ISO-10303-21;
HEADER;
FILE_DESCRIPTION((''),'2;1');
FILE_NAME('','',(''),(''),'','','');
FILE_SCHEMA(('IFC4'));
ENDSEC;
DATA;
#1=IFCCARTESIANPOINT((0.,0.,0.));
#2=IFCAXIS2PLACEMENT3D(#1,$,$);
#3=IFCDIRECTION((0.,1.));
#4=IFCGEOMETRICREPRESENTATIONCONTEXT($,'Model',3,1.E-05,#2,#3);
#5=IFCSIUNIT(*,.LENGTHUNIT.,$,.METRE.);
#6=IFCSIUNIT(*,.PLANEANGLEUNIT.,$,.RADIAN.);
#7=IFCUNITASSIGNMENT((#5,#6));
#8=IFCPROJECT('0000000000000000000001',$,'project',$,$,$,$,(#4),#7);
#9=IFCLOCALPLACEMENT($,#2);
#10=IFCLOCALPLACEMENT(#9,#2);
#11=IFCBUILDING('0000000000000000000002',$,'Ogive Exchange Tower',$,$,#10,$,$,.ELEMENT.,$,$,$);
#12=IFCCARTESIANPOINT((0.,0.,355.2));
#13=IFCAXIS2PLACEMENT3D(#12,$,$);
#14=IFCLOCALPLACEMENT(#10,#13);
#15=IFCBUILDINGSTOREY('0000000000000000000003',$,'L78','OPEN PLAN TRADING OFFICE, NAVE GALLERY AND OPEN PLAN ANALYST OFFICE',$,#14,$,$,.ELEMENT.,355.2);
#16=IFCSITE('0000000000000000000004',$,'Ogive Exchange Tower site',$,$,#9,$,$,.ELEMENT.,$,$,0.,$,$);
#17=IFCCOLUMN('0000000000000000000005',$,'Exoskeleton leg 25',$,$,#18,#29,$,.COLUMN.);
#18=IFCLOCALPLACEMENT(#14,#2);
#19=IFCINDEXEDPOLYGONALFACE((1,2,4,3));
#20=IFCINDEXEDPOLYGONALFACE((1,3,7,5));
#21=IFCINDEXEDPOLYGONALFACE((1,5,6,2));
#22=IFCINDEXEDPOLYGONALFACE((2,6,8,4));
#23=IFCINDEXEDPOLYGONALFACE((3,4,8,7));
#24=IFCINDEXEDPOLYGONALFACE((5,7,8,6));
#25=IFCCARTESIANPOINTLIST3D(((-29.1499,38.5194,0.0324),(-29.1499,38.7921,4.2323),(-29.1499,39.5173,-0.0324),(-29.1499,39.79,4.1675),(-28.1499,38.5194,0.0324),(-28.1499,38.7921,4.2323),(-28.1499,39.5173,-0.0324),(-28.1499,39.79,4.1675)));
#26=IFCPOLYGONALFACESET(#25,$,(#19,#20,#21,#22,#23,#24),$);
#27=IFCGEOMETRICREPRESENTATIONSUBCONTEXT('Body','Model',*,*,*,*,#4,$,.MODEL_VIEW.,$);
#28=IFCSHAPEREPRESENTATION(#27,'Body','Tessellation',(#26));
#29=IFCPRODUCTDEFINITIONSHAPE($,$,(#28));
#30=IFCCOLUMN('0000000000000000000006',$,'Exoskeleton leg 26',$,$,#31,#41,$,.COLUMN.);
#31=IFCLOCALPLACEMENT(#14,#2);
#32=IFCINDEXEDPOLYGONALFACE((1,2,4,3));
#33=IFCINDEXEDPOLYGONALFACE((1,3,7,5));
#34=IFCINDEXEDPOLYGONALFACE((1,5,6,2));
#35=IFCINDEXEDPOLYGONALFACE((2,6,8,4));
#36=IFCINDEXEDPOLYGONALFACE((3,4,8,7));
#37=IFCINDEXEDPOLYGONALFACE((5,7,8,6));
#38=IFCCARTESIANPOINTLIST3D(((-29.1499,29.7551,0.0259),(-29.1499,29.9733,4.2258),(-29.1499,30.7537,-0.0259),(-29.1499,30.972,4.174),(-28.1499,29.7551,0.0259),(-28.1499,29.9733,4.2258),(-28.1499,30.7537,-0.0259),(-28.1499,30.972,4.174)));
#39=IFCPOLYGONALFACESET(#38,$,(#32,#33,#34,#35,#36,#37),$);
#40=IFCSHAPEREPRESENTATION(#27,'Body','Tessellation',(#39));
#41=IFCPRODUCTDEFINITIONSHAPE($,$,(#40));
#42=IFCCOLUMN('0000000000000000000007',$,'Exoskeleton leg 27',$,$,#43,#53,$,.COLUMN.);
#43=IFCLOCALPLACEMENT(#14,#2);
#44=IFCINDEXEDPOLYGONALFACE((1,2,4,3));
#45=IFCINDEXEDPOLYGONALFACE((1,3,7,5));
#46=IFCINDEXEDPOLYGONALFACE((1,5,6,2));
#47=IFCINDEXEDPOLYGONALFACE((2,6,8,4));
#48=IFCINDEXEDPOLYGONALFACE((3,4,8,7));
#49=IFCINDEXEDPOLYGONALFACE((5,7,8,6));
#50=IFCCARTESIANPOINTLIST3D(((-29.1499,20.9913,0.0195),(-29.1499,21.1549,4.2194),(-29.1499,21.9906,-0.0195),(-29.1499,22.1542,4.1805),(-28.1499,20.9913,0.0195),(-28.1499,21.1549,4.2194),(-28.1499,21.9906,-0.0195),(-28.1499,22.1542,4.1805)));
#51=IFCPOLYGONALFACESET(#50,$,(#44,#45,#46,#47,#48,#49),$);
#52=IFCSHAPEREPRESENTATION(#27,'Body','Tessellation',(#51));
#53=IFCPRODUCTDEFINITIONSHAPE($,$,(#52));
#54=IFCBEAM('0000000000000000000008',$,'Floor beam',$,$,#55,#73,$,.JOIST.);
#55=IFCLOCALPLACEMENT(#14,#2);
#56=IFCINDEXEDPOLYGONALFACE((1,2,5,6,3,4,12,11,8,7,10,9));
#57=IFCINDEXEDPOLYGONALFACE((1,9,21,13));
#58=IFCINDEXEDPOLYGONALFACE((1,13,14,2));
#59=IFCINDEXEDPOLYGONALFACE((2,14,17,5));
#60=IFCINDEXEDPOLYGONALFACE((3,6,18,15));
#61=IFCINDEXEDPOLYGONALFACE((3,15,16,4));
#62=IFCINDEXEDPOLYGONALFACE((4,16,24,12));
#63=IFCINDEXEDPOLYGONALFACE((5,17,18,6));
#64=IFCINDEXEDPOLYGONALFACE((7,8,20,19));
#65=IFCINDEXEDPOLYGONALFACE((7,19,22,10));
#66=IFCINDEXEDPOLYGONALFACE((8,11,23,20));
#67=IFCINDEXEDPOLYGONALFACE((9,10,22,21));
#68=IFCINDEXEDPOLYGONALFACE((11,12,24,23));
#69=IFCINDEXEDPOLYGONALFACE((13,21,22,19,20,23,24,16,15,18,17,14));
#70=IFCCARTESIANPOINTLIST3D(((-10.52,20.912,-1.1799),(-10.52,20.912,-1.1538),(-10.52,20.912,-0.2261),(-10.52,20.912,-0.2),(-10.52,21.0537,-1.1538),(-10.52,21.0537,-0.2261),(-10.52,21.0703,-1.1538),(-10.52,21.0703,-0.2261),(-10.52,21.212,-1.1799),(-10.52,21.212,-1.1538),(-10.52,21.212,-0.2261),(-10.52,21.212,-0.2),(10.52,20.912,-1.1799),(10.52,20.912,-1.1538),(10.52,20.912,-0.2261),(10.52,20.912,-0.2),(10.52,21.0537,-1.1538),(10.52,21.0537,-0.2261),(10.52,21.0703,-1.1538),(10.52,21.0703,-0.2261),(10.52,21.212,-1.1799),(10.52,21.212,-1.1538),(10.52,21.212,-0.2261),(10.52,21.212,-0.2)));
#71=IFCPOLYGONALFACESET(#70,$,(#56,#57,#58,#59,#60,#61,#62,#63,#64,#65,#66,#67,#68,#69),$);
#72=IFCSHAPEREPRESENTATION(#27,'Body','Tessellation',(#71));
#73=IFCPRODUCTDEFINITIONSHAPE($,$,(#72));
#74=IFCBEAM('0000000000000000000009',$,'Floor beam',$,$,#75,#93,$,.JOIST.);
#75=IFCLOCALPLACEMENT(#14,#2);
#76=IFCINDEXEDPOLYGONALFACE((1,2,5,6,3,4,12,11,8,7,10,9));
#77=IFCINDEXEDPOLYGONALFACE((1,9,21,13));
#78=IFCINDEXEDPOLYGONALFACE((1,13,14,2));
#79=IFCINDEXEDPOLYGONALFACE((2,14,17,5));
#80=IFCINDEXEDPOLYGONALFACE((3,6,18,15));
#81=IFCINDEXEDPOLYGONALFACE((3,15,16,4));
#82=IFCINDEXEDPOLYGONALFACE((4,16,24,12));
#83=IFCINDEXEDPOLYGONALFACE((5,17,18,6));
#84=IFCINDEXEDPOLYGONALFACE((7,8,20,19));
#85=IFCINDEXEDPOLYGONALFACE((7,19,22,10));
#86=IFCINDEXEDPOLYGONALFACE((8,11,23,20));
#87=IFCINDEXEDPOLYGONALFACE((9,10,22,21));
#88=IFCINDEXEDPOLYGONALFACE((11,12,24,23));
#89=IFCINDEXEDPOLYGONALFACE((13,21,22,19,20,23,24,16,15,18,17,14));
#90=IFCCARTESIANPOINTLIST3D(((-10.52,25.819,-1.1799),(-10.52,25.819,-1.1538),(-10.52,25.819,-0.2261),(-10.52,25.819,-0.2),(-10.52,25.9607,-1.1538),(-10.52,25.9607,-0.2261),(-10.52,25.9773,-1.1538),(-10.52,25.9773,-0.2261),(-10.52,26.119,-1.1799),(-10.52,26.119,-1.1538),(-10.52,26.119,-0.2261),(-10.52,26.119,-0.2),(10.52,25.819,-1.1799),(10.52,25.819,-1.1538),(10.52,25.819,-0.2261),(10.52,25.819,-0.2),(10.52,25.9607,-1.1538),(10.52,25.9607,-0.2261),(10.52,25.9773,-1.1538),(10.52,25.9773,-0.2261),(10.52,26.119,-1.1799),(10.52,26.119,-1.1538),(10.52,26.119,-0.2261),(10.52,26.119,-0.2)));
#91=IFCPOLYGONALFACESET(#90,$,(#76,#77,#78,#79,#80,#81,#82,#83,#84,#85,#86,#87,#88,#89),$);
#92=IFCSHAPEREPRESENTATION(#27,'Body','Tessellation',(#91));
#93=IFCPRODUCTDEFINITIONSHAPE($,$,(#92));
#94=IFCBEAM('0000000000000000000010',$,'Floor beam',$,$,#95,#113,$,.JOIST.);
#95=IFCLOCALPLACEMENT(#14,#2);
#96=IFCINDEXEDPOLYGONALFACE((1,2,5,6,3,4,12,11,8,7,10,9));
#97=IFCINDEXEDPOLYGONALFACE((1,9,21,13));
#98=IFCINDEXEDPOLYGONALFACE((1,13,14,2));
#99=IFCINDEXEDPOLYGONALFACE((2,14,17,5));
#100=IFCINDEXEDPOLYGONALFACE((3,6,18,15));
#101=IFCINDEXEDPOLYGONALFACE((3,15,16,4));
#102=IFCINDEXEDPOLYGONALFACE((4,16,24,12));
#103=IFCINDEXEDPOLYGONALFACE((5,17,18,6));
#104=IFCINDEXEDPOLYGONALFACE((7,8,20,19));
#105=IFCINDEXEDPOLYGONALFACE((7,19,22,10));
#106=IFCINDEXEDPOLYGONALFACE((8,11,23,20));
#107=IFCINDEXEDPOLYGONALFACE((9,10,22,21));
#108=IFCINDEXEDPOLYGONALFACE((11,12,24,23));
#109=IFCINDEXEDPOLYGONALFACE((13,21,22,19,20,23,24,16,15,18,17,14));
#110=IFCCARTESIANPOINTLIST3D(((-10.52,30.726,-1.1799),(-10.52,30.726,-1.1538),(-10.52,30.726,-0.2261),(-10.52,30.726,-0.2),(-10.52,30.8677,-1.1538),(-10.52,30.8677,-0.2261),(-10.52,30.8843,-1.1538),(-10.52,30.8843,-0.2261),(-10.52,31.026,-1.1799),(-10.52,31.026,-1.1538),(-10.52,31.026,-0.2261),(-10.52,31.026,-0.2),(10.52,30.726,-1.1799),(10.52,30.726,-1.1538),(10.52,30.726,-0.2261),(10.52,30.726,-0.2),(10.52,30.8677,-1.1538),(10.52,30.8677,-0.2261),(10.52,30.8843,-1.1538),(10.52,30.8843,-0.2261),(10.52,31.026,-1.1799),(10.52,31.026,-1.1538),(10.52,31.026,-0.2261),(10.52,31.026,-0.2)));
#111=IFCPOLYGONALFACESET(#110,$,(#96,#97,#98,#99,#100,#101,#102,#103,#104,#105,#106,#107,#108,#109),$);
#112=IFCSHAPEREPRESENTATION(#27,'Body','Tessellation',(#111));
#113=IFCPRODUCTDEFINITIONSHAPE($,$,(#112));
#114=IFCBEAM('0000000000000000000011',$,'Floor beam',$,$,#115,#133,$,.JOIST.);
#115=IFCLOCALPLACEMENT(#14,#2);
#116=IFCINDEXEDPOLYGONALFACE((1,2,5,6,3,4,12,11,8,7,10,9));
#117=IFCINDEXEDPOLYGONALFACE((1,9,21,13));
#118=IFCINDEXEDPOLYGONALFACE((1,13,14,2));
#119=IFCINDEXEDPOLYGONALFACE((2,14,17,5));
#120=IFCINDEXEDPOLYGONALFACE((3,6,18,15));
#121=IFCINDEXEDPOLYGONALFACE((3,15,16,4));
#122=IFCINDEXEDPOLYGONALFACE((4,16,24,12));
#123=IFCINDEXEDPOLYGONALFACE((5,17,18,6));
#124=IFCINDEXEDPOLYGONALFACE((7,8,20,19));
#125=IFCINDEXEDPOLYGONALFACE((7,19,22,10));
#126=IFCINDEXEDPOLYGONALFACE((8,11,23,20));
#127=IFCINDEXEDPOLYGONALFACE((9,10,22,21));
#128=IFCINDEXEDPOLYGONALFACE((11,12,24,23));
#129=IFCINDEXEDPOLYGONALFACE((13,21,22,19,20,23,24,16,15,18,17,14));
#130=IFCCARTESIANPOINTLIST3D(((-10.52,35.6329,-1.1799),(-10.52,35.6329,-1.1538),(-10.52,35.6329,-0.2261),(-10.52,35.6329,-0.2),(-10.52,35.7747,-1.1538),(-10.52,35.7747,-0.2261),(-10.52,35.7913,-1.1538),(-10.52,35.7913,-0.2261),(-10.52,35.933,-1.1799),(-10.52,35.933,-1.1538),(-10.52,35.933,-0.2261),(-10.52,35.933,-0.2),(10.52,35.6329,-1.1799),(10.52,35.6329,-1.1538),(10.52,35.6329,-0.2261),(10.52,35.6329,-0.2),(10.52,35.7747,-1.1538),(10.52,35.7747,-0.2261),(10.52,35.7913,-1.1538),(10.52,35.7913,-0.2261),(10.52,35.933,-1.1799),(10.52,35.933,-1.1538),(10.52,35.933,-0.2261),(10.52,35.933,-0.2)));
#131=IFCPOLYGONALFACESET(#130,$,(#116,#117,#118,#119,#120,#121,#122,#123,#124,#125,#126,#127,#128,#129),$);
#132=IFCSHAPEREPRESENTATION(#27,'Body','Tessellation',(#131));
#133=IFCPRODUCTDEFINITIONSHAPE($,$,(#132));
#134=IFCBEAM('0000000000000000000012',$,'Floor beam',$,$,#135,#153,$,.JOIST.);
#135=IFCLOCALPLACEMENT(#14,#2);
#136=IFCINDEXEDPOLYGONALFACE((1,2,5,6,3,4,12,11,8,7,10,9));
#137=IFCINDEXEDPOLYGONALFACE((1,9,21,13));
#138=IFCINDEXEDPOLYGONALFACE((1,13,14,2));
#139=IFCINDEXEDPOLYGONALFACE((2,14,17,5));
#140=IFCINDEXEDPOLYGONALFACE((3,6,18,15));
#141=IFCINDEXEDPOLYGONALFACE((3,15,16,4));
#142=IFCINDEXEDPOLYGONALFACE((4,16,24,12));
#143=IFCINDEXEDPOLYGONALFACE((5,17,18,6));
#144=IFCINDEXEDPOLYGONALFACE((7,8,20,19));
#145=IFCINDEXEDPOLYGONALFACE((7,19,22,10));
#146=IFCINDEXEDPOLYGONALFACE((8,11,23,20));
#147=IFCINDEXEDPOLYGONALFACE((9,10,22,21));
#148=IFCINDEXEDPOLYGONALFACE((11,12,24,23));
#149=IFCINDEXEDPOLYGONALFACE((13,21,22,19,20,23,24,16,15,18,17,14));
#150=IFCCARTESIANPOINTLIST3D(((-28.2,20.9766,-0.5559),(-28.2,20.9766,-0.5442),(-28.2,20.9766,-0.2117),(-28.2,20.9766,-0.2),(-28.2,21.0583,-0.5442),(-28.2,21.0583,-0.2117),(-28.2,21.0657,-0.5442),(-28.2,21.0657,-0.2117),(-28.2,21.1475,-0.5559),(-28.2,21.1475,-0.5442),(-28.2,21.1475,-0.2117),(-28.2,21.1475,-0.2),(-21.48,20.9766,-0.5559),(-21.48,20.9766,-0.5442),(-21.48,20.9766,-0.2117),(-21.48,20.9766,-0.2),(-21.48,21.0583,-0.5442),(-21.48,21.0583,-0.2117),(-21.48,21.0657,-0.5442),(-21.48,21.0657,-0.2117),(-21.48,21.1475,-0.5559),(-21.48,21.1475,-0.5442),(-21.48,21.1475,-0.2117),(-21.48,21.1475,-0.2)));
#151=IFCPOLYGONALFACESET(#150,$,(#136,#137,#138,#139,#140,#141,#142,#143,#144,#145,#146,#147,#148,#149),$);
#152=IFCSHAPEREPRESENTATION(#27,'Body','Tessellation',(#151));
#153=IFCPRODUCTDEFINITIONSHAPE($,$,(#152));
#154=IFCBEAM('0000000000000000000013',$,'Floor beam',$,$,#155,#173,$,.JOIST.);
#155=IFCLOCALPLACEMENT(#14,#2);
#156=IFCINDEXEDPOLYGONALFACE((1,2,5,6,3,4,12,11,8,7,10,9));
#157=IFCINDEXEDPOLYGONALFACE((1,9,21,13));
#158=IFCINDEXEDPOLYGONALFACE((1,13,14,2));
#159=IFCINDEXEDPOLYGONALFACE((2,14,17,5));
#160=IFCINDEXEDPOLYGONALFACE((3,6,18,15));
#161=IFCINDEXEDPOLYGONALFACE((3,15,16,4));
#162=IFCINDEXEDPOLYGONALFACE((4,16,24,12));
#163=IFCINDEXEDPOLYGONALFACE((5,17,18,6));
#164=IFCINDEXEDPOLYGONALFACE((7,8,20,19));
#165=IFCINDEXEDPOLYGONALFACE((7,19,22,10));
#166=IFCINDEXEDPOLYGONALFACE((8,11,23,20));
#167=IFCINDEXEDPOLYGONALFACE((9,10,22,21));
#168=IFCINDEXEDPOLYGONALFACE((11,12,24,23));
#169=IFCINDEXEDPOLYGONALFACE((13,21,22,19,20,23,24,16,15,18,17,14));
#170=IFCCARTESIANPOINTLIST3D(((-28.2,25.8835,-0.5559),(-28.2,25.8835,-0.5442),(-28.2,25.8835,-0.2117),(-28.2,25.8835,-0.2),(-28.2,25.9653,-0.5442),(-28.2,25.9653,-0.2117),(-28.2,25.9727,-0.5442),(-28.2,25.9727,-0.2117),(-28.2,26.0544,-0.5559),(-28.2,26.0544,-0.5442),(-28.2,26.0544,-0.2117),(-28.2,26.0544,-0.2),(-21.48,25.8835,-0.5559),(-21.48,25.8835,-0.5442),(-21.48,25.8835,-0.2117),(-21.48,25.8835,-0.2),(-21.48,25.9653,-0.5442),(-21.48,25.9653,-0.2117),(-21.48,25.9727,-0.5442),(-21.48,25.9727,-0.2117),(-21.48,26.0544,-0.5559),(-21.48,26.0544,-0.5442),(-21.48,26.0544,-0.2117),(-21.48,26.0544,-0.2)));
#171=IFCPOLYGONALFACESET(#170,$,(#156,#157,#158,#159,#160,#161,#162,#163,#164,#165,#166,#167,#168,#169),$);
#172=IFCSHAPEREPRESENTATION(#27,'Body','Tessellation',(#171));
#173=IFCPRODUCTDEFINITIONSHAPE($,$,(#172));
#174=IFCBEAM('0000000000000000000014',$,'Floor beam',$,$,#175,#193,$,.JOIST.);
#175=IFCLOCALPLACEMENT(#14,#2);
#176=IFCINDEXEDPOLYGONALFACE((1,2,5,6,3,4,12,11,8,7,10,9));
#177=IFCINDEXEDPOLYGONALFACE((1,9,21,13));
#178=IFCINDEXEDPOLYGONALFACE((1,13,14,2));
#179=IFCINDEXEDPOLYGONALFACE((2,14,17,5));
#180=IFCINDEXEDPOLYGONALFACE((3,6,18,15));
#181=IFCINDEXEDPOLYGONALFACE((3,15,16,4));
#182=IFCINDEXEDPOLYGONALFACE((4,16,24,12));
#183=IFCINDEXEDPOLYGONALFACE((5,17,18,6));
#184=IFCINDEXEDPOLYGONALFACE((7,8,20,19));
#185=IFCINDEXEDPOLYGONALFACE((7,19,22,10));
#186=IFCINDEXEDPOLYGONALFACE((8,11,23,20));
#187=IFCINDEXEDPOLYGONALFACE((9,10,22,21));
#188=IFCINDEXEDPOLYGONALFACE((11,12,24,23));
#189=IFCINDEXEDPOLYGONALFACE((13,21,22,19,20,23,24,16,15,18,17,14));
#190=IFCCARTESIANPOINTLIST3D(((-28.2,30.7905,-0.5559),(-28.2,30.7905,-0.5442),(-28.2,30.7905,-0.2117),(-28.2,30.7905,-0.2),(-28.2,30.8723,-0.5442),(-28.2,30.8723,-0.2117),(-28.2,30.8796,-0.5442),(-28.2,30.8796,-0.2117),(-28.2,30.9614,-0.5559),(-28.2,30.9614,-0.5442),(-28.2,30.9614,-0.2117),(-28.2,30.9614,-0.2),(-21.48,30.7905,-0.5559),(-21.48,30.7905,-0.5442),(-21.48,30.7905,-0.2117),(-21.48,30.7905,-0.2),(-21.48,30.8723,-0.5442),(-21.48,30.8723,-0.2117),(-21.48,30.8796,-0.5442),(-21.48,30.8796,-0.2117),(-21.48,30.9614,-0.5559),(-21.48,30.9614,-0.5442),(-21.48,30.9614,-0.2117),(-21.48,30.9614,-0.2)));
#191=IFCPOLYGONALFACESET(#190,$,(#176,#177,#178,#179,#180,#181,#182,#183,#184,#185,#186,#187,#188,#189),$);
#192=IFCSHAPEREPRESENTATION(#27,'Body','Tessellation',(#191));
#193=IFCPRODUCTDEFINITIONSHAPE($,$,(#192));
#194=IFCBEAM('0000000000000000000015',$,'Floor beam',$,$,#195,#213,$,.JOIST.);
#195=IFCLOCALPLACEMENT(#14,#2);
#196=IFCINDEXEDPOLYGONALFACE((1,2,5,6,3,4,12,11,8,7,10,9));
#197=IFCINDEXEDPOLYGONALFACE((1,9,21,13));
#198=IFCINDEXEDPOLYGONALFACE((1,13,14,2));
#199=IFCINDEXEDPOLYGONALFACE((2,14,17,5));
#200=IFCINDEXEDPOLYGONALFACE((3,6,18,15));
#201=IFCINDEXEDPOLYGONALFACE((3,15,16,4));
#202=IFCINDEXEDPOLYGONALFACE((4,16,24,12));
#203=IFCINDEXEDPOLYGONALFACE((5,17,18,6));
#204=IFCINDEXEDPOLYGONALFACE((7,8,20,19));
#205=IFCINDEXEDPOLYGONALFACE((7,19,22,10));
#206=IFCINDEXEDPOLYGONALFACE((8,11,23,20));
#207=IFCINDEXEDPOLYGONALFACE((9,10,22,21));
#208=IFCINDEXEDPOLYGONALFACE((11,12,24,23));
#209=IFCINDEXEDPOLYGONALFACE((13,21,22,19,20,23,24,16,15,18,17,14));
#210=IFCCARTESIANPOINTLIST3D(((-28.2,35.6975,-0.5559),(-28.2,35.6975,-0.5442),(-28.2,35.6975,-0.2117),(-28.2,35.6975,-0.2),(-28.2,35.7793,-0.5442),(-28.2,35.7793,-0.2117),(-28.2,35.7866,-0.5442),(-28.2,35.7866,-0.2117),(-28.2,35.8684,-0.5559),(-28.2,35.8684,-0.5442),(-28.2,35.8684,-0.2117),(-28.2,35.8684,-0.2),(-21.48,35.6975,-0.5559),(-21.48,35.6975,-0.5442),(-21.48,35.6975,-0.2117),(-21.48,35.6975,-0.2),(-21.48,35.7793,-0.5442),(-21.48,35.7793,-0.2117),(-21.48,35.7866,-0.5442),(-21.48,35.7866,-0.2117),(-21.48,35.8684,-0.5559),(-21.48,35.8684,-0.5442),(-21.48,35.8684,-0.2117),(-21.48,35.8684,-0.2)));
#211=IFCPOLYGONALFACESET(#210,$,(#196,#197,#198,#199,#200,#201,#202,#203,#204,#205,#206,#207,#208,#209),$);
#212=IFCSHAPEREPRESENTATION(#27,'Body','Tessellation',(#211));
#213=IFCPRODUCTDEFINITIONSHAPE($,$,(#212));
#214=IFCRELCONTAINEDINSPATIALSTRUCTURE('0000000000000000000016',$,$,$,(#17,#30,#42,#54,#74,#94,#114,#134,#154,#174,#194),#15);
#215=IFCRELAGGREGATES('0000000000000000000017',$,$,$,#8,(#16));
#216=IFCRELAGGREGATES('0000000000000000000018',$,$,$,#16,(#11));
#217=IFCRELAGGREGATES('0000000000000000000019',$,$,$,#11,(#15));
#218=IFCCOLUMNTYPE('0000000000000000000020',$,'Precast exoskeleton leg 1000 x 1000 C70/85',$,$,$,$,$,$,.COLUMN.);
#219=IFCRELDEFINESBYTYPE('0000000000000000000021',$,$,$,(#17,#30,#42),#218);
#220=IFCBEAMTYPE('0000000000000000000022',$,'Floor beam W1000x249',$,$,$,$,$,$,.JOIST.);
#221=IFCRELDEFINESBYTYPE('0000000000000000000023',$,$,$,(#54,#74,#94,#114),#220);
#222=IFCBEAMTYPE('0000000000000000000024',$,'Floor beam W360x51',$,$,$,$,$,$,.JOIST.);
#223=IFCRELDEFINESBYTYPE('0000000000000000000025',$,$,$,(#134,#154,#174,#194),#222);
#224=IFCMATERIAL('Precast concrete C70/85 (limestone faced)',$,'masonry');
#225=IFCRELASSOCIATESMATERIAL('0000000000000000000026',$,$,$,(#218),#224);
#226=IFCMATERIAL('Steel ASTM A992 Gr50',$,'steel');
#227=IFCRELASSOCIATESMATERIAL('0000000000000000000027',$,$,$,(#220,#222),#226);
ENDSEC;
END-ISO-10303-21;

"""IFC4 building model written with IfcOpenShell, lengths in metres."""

from ifc_helpers import new_model, si_unit, direction, frame, origin, origin_2d, place, context, subcontext, project, spatial, rectangle, i_section, extrude, material, material_profile, profile_set, type_object, element, save


model = new_model("IFC4")

# Units and contexts
model_context = context("Model", 3, precision=1e-05, world=origin(), true_north=direction((0.0, 1.0)))
body_context = subcontext(model_context, "Body", "Model", "MODEL_VIEW")
ifc_project = project(units=[si_unit("LENGTHUNIT", "METRE"), si_unit("PLANEANGLEUNIT", "RADIAN")], contexts=[model_context])

# Site, building, storey
site_placement = place(None, origin())
site = spatial("IfcSite", under=ifc_project, at=site_placement, Name="Ogive Exchange Tower site", CompositionType="ELEMENT", RefElevation=0.0)
building_placement = place(site_placement, origin())
building = spatial("IfcBuilding", under=site, at=building_placement, Name="Ogive Exchange Tower", CompositionType="ELEMENT")
storey_placement = place(building_placement, frame((0.0, 0.0, 355.2)))
storey = spatial("IfcBuildingStorey", under=building, at=storey_placement, Name="L78", Description="OPEN PLAN TRADING OFFICE, NAVE GALLERY AND OPEN PLAN ANALYST OFFICE", CompositionType="ELEMENT", Elevation=355.2)

# Columns
ifc_material_1 = material(Name="Precast concrete C70/85 (limestone faced)", Category="masonry")
ifc_material_profile_1 = material_profile(ifc_material_1, rectangle(XDim=1.0, YDim=1.0, at=origin_2d()), Name="1000 x 1000")
ifc_profile_set_1 = profile_set([ifc_material_profile_1], Name="Precast concrete C70/85 (limestone faced)")
column_type = type_object("IfcColumnType", Name="Precast exoskeleton leg 1000 x 1000 C70/85", PredefinedType="COLUMN", material=ifc_profile_set_1)
column_1_placement = place(storey_placement, frame((-28.6499, 39.0183, 0.0), z_axis=(0.0, 0.064794, 0.997899), x_axis=(-1.0, 0.0, 0.0)))
element("IfcColumn", 1, at=column_1_placement, inside=storey, type_object=column_type, Name="Exoskeleton leg 25", PredefinedType="COLUMN", context=body_context, shape_type="SweptSolid", body=[
    extrude(rectangle(XDim=1.0, YDim=1.0, at=origin_2d()), origin(), (0.0, 0.0, 1.0), 4.2087),
])
column_2_placement = place(storey_placement, frame((-28.6499, 30.2544, 0.0), z_axis=(0.0, 0.051898, 0.998652), x_axis=(-1.0, 0.0, 0.0)))
element("IfcColumn", 2, at=column_2_placement, inside=storey, type_object=column_type, Name="Exoskeleton leg 26", PredefinedType="COLUMN", context=body_context, shape_type="SweptSolid", body=[
    extrude(rectangle(XDim=1.0, YDim=1.0, at=origin_2d()), origin(), (0.0, 0.0, 1.0), 4.2056),
])
column_3_placement = place(storey_placement, frame((-28.6499, 21.491, 0.0), z_axis=(0.0, 0.038917, 0.999242), x_axis=(-1.0, 0.0, 0.0)))
element("IfcColumn", 3, at=column_3_placement, inside=storey, type_object=column_type, Name="Exoskeleton leg 27", PredefinedType="COLUMN", context=body_context, shape_type="SweptSolid", body=[
    extrude(rectangle(XDim=1.0, YDim=1.0, at=origin_2d()), origin(), (0.0, 0.0, 1.0), 4.2031),
])

# Beams
ifc_material_2 = material(Name="Steel ASTM A992 Gr50", Category="steel")
ifc_material_profile_2 = material_profile(ifc_material_2, i_section(OverallWidth=0.3, OverallDepth=0.98, WebThickness=0.0166, FlangeThickness=0.0261, at=origin_2d()), Name="W1000x249")
ifc_profile_set_2 = profile_set([ifc_material_profile_2], Name="Steel ASTM A992 Gr50")
beam_type_1 = type_object("IfcBeamType", Name="Floor beam W1000x249", PredefinedType="JOIST", material=ifc_profile_set_2)
for number, where, z_axis, x_axis, name in (
    (4, (-10.52, 21.062, -0.6899), (1.0, 0.0, 0.0), (0.0, 1.0, 0.0), "Floor beam"),
    (5, (-10.52, 25.969, -0.6899), (1.0, 0.0, 0.0), (0.0, 1.0, 0.0), "Floor beam"),
    (6, (-10.52, 30.876, -0.6899), (1.0, 0.0, 0.0), (0.0, 1.0, 0.0), "Floor beam"),
    (7, (-10.52, 35.783, -0.6899), (1.0, 0.0, 0.0), (0.0, 1.0, 0.0), "Floor beam"),
):
    element("IfcBeam", number, at=place(storey_placement, frame(where, z_axis=z_axis, x_axis=x_axis)), inside=storey, type_object=beam_type_1, Name=name, PredefinedType="JOIST", context=body_context, shape_type="SweptSolid", body=[
        extrude(i_section(OverallWidth=0.3, OverallDepth=0.98, WebThickness=0.0166, FlangeThickness=0.0261, at=origin_2d()), origin(), (0.0, 0.0, 1.0), 21.04),
    ])
ifc_material_profile_3 = material_profile(ifc_material_2, i_section(OverallWidth=0.1709, OverallDepth=0.356, WebThickness=0.0073, FlangeThickness=0.0117, at=origin_2d()), Name="W360x51")
ifc_profile_set_3 = profile_set([ifc_material_profile_3], Name="Steel ASTM A992 Gr50")
beam_type_2 = type_object("IfcBeamType", Name="Floor beam W360x51", PredefinedType="JOIST", material=ifc_profile_set_3)
for number, where, z_axis, x_axis, name in (
    (8, (-28.2, 21.062, -0.3779), (1.0, 0.0, 0.0), (0.0, 1.0, 0.0), "Floor beam"),
    (9, (-28.2, 25.969, -0.3779), (1.0, 0.0, 0.0), (0.0, 1.0, 0.0), "Floor beam"),
    (10, (-28.2, 30.876, -0.3779), (1.0, 0.0, 0.0), (0.0, 1.0, 0.0), "Floor beam"),
    (11, (-28.2, 35.783, -0.3779), (1.0, 0.0, 0.0), (0.0, 1.0, 0.0), "Floor beam"),
):
    element("IfcBeam", number, at=place(storey_placement, frame(where, z_axis=z_axis, x_axis=x_axis)), inside=storey, type_object=beam_type_2, Name=name, PredefinedType="JOIST", context=body_context, shape_type="SweptSolid", body=[
        extrude(i_section(OverallWidth=0.1709, OverallDepth=0.356, WebThickness=0.0073, FlangeThickness=0.0117, at=origin_2d()), origin(), (0.0, 0.0, 1.0), 6.72),
    ])

save(model, "model.ifc")
